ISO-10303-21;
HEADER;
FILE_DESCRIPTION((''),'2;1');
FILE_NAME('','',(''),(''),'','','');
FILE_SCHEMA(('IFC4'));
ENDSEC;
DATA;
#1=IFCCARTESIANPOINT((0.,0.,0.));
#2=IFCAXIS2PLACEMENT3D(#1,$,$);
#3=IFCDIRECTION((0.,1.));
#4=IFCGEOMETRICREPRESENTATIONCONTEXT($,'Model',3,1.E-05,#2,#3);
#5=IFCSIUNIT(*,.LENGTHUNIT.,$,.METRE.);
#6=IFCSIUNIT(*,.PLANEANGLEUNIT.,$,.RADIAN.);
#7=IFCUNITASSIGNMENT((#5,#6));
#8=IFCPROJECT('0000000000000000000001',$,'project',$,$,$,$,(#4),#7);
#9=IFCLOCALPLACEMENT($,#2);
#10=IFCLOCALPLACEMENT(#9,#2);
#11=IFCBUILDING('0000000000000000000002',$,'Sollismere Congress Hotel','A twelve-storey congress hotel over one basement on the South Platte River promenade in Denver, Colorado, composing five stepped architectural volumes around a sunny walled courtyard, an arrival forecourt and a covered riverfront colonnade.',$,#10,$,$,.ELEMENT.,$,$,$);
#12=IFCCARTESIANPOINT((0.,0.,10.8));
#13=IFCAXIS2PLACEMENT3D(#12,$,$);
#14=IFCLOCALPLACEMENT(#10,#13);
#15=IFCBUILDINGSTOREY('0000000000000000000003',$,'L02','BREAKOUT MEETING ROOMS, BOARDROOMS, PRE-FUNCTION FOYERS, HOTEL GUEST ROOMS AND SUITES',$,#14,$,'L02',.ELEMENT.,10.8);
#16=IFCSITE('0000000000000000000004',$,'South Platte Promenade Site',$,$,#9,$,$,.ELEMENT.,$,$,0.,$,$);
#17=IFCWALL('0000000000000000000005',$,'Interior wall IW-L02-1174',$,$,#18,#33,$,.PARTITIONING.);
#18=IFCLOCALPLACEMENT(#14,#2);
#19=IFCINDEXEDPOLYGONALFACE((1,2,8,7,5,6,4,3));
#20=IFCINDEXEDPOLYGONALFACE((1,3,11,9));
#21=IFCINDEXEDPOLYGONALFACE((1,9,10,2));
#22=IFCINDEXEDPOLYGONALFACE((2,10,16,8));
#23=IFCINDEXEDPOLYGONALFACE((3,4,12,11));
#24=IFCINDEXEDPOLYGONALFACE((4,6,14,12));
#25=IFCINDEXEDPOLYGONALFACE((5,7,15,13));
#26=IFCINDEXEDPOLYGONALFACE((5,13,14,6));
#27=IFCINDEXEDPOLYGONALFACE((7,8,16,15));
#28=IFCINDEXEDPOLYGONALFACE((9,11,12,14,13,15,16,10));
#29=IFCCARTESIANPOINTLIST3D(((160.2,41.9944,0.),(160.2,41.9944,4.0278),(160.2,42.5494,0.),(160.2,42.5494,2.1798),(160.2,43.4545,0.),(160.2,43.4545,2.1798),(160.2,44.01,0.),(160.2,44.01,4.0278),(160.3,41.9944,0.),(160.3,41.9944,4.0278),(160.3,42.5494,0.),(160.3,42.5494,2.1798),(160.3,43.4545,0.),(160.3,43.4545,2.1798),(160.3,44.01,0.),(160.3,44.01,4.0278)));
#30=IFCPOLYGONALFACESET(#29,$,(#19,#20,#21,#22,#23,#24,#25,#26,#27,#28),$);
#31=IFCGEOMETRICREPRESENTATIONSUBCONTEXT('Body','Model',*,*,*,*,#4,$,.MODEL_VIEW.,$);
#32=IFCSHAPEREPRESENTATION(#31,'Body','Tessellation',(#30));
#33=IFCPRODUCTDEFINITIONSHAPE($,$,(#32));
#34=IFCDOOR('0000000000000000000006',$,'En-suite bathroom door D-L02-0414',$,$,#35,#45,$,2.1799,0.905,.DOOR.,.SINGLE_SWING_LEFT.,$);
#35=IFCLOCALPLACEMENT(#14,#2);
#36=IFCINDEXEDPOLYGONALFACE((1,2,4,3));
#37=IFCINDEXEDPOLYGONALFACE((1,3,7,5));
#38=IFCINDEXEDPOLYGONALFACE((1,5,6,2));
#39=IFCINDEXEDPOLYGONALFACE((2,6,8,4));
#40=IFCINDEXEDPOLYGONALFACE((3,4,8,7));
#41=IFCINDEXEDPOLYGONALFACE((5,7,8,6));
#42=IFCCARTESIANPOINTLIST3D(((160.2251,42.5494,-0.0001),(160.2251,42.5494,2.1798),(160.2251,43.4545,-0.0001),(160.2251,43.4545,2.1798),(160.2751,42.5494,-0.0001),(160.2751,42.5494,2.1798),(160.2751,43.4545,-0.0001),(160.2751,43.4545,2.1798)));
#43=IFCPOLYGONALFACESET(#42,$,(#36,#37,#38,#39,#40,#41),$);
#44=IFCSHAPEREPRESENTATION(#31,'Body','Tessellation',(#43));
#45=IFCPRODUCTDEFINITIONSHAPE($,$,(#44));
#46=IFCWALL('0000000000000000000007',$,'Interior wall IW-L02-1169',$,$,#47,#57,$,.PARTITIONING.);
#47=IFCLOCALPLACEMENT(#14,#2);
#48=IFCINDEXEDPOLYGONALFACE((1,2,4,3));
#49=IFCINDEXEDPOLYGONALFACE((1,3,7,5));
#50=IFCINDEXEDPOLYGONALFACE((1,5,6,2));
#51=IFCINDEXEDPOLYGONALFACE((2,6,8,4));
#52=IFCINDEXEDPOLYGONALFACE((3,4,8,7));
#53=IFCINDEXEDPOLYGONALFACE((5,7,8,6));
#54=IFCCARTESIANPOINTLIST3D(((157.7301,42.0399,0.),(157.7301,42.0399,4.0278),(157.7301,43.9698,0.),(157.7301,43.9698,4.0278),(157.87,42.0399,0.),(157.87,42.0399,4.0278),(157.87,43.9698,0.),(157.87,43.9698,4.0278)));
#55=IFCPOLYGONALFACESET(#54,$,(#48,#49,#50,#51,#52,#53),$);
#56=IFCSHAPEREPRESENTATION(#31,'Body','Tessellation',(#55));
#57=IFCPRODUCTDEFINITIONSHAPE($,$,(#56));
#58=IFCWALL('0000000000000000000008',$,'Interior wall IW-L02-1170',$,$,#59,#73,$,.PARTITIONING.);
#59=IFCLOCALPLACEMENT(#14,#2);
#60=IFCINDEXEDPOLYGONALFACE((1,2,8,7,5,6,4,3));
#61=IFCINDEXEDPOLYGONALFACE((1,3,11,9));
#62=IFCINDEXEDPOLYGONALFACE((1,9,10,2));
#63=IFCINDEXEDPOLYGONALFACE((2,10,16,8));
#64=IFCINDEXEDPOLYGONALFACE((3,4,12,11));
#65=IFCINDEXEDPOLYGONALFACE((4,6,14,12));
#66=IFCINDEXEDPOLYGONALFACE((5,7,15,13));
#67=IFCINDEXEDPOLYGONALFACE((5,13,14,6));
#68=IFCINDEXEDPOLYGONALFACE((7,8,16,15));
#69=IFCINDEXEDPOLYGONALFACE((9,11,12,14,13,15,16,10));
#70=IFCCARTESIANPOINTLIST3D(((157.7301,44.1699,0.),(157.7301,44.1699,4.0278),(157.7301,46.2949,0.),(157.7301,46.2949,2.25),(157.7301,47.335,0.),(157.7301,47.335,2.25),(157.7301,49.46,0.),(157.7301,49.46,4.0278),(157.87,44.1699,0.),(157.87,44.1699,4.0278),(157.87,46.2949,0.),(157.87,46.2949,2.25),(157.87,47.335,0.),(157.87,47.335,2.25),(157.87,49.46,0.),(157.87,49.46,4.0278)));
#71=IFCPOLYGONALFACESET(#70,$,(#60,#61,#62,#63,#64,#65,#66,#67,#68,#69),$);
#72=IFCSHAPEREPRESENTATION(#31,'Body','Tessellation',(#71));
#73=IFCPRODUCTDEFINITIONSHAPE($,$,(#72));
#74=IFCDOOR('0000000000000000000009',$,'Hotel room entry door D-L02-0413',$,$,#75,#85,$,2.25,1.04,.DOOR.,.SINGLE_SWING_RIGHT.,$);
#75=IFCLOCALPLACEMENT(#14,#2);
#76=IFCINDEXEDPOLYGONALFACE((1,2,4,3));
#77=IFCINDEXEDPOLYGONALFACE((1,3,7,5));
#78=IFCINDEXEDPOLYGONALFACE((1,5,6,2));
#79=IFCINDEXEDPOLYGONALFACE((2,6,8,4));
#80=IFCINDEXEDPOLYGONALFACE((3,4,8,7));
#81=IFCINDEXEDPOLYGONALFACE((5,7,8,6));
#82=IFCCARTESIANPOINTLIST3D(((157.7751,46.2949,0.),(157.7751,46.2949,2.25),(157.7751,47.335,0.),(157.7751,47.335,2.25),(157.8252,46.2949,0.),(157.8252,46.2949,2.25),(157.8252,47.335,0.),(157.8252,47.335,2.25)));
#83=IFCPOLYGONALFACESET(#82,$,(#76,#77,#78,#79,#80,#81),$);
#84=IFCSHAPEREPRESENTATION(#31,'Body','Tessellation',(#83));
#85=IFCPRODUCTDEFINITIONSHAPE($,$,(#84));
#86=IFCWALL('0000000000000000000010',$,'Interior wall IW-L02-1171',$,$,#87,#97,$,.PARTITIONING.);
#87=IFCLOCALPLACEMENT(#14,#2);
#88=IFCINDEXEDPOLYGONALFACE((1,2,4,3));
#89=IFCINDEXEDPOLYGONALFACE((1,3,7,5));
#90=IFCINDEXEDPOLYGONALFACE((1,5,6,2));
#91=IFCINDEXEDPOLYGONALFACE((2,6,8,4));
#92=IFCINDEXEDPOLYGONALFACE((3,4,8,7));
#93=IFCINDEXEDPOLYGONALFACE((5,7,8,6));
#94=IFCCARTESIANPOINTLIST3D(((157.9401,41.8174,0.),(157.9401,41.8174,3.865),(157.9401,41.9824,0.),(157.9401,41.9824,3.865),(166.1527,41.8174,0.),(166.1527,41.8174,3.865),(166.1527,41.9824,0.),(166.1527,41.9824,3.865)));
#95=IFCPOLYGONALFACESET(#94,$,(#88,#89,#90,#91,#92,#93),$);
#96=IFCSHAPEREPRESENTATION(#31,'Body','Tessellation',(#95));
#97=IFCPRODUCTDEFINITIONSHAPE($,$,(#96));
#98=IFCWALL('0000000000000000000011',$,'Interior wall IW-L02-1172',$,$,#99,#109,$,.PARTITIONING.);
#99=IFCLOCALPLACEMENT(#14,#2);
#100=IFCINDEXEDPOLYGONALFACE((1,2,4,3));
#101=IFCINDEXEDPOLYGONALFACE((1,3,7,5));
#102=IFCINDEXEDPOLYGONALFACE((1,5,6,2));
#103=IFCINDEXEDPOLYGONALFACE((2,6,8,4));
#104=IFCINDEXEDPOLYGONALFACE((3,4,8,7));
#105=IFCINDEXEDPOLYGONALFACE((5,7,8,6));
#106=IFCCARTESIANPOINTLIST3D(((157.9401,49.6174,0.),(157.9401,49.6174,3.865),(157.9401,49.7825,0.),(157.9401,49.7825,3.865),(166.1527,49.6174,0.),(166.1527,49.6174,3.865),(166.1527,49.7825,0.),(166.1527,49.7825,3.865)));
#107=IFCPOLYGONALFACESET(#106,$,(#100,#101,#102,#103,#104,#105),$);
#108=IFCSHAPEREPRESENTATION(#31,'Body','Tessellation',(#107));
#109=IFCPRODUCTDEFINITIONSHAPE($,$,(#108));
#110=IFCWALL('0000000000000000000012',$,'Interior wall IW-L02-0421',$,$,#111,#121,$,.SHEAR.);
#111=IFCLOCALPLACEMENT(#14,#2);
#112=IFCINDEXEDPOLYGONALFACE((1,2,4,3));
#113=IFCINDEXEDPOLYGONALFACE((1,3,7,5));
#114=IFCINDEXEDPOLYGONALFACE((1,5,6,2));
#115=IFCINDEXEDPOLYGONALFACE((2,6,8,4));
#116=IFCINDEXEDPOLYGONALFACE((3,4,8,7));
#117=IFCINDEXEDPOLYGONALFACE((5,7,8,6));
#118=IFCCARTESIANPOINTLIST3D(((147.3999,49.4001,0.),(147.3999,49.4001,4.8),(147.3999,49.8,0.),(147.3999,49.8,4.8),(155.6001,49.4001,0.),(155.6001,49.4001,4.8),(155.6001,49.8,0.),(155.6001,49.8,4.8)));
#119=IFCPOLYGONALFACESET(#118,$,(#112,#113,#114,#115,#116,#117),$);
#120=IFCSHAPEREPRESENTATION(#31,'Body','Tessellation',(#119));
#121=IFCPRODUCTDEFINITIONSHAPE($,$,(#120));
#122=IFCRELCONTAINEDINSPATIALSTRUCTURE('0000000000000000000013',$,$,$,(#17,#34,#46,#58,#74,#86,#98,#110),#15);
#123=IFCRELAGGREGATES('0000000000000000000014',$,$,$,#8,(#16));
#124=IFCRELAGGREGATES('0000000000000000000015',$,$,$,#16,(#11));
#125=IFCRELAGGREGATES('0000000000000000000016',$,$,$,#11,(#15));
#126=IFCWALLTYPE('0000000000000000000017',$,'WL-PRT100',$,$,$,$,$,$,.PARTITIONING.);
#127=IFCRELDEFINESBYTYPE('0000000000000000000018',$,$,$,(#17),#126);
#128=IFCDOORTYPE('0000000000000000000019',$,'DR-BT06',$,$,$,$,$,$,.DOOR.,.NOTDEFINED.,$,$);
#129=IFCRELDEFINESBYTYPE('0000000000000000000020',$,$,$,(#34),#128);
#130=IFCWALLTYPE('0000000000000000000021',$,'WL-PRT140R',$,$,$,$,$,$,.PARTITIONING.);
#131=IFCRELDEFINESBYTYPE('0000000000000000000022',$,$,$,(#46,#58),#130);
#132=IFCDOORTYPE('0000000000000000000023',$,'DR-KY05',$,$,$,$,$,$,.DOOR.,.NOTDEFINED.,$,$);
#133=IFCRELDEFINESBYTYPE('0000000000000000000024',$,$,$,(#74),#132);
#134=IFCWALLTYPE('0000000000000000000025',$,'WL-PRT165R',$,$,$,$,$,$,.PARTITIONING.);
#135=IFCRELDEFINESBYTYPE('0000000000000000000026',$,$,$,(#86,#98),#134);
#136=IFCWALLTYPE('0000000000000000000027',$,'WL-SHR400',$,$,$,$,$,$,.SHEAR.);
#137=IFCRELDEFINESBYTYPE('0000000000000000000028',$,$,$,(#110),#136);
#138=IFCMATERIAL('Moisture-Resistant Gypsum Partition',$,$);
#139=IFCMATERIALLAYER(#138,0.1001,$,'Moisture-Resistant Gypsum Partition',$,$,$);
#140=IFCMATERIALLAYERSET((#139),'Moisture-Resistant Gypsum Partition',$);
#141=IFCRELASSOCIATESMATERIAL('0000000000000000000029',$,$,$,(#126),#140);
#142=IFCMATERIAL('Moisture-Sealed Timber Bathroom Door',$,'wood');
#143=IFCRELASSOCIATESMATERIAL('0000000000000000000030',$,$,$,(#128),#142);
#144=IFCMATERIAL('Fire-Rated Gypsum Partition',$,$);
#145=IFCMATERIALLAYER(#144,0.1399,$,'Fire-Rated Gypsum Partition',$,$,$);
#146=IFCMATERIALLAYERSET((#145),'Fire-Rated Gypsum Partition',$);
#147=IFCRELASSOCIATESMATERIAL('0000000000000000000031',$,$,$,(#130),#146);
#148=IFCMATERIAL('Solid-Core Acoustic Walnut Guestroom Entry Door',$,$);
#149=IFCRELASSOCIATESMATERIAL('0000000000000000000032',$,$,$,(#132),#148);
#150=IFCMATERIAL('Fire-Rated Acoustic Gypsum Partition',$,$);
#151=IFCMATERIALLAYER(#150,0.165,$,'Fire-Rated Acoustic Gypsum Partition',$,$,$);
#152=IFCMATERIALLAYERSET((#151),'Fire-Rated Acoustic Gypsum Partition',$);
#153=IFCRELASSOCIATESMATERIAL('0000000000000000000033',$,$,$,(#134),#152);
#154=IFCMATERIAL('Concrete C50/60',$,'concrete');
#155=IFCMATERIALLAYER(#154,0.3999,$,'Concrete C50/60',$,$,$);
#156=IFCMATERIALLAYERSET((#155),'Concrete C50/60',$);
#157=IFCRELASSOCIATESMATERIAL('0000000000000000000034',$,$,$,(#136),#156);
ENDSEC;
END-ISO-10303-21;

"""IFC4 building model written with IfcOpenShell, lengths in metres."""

from ifc_helpers import new_model, si_unit, direction, frame, frame_2d, origin, place, context, subcontext, project, spatial, rectangle, extrude, material, layer, layer_set, type_object, element, fill, save


model = new_model("IFC4")

# Units and contexts
model_context = context("Model", 3, precision=1e-05, world=origin(), true_north=direction((0.0, 1.0)))
body_context = subcontext(model_context, "Body", "Model", "MODEL_VIEW")
ifc_project = project(units=[si_unit("LENGTHUNIT", "METRE"), si_unit("PLANEANGLEUNIT", "RADIAN")], contexts=[model_context])

# Site, building, storey
site_placement = place(None, origin())
site = spatial("IfcSite", under=ifc_project, at=site_placement, Name="South Platte Promenade Site", CompositionType="ELEMENT", RefElevation=0.0)
building_placement = place(site_placement, origin())
building = spatial("IfcBuilding", under=site, at=building_placement, Name="Sollismere Congress Hotel", Description="A twelve-storey congress hotel over one basement on the South Platte River promenade in Denver, Colorado, composing five stepped architectural volumes around a sunny walled courtyard, an arrival forecourt and a covered riverfront colonnade.", CompositionType="ELEMENT")
storey_placement = place(building_placement, frame((0.0, 0.0, 10.8)))
storey = spatial("IfcBuildingStorey", under=building, at=storey_placement, Name="L02", Description="BREAKOUT MEETING ROOMS, BOARDROOMS, PRE-FUNCTION FOYERS, HOTEL GUEST ROOMS AND SUITES", LongName="L02", CompositionType="ELEMENT", Elevation=10.8)

# Wall, opening, door
ifc_material_1 = material(Name="Moisture-Resistant Gypsum Partition")
ifc_layer_1 = layer(ifc_material_1, 0.1001, Name="Moisture-Resistant Gypsum Partition")
ifc_layer_set_1 = layer_set([ifc_layer_1], Name="Moisture-Resistant Gypsum Partition")
wall_type_1 = type_object("IfcWallType", Name="WL-PRT100", PredefinedType="PARTITIONING", material=ifc_layer_set_1)
wall_1_placement = place(storey_placement, frame((160.25, 41.9944, 0.0), z_axis=(0.0, 0.0, 1.0), x_axis=(0.0, 1.0, 0.0)))
wall_1 = element("IfcWall", 1, at=wall_1_placement, inside=storey, type_object=wall_type_1, Name="Interior wall IW-L02-1174", PredefinedType="PARTITIONING", context=body_context, shape_type="SweptSolid", body=[
    extrude(rectangle(XDim=2.0156, YDim=0.1001, at=frame_2d((1.0078, 0.0))), origin(), (0.0, 0.0, 1.0), 4.0278),
])
opening_1_placement = place(wall_1_placement, frame((0.5549, 0.0, 0.0)))
opening_1 = element("IfcOpeningElement", 2, at=opening_1_placement, cuts=wall_1, PredefinedType="OPENING", context=body_context, shape_type="SweptSolid", body=[
    extrude(rectangle(XDim=0.905, YDim=2.1799, at=frame_2d((0.4526, 1.0898))), frame((0.0, 0.0601, 0.0), z_axis=(0.0, -1.0, 0.0), x_axis=(1.0, 0.0, 0.0)), (0.0, 0.0, 1.0), 0.1201),
])
ifc_material_2 = material(Name="Moisture-Sealed Timber Bathroom Door", Category="wood")
door_type_1 = type_object("IfcDoorType", Name="DR-BT06", OperationType="NOTDEFINED", PredefinedType="DOOR", material=ifc_material_2)
door_1_placement = place(opening_1_placement, origin())
door_1 = element("IfcDoor", 3, at=door_1_placement, inside=storey, type_object=door_type_1, Name="En-suite bathroom door D-L02-0414", OperationType="SINGLE_SWING_LEFT", OverallHeight=2.1799, OverallWidth=0.905, PredefinedType="DOOR", context=body_context, shape_type="SweptSolid", body=[
    extrude(rectangle(XDim=0.905, YDim=2.1799, at=frame_2d((0.4526, 1.0898))), frame((0.0, 0.0249, 0.0), z_axis=(0.0, -1.0, 0.0), x_axis=(1.0, 0.0, 0.0)), (0.0, 0.0, 1.0), 0.05),
])
fill(opening_1, door_1)

# Wall
ifc_material_3 = material(Name="Fire-Rated Gypsum Partition")
ifc_layer_2 = layer(ifc_material_3, 0.1399, Name="Fire-Rated Gypsum Partition")
ifc_layer_set_2 = layer_set([ifc_layer_2], Name="Fire-Rated Gypsum Partition")
wall_type_2 = type_object("IfcWallType", Name="WL-PRT140R", PredefinedType="PARTITIONING", material=ifc_layer_set_2)
wall_2_placement = place(storey_placement, frame((157.8, 42.04, 0.0), z_axis=(0.0, 0.0, 1.0), x_axis=(0.0, 1.0, 0.0)))
element("IfcWall", 4, at=wall_2_placement, inside=storey, type_object=wall_type_2, Name="Interior wall IW-L02-1169", PredefinedType="PARTITIONING", context=body_context, shape_type="SweptSolid", body=[
    extrude(rectangle(XDim=1.9299, YDim=0.1399, at=frame_2d((0.9648, 0.0))), origin(), (0.0, 0.0, 1.0), 4.0278),
])

# Wall, opening, door
wall_3_placement = place(storey_placement, frame((157.8, 44.1699, 0.0), z_axis=(0.0, 0.0, 1.0), x_axis=(0.0, 1.0, 0.0)))
wall_3 = element("IfcWall", 5, at=wall_3_placement, inside=storey, type_object=wall_type_2, Name="Interior wall IW-L02-1170", PredefinedType="PARTITIONING", context=body_context, shape_type="SweptSolid", body=[
    extrude(rectangle(XDim=5.29, YDim=0.1399, at=frame_2d((2.645, 0.0))), origin(), (0.0, 0.0, 1.0), 4.0278),
])
opening_2_placement = place(wall_3_placement, frame((2.125, 0.0, 0.0)))
opening_2 = element("IfcOpeningElement", 6, at=opening_2_placement, cuts=wall_3, PredefinedType="OPENING", context=body_context, shape_type="SweptSolid", body=[
    extrude(rectangle(XDim=1.04, YDim=2.25, at=frame_2d((0.52, 1.125))), frame((0.0, 0.0798, 0.0), z_axis=(0.0, -1.0, 0.0), x_axis=(1.0, 0.0, 0.0)), (0.0, 0.0, 1.0), 0.1599),
])
ifc_material_4 = material(Name="Solid-Core Acoustic Walnut Guestroom Entry Door")
door_type_2 = type_object("IfcDoorType", Name="DR-KY05", OperationType="NOTDEFINED", PredefinedType="DOOR", material=ifc_material_4)
door_2_placement = place(opening_2_placement, origin())
door_2 = element("IfcDoor", 7, at=door_2_placement, inside=storey, type_object=door_type_2, Name="Hotel room entry door D-L02-0413", OperationType="SINGLE_SWING_RIGHT", OverallHeight=2.25, OverallWidth=1.04, PredefinedType="DOOR", context=body_context, shape_type="SweptSolid", body=[
    extrude(rectangle(XDim=1.04, YDim=2.25, at=frame_2d((0.52, 1.125))), frame((0.0, 0.0249, 0.0), z_axis=(0.0, -1.0, 0.0), x_axis=(1.0, 0.0, 0.0)), (0.0, 0.0, 1.0), 0.05),
])
fill(opening_2, door_2)

# Walls
ifc_material_5 = material(Name="Fire-Rated Acoustic Gypsum Partition")
ifc_layer_3 = layer(ifc_material_5, 0.165, Name="Fire-Rated Acoustic Gypsum Partition")
ifc_layer_set_3 = layer_set([ifc_layer_3], Name="Fire-Rated Acoustic Gypsum Partition")
wall_type_3 = type_object("IfcWallType", Name="WL-PRT165R", PredefinedType="PARTITIONING", material=ifc_layer_set_3)
for number, where, z_axis, x_axis, name in (
    (8, (157.9399, 41.8999, 0.0), (0.0, 0.0, 1.0), (1.0, 0.0, 0.0), "Interior wall IW-L02-1171"),
    (9, (157.9399, 49.7, 0.0), (0.0, 0.0, 1.0), (1.0, 0.0, 0.0), "Interior wall IW-L02-1172"),
):
    element("IfcWall", number, at=place(storey_placement, frame(where, z_axis=z_axis, x_axis=x_axis)), inside=storey, type_object=wall_type_3, Name=name, PredefinedType="PARTITIONING", context=body_context, shape_type="SweptSolid", body=[
        extrude(rectangle(XDim=8.2126, YDim=0.165, at=frame_2d((4.1064, 0.0))), origin(), (0.0, 0.0, 1.0), 3.865),
    ])
ifc_material_6 = material(Name="Concrete C50/60", Category="concrete")
ifc_layer_4 = layer(ifc_material_6, 0.3999, Name="Concrete C50/60")
ifc_layer_set_4 = layer_set([ifc_layer_4], Name="Concrete C50/60")
wall_type_4 = type_object("IfcWallType", Name="WL-SHR400", PredefinedType="SHEAR", material=ifc_layer_set_4)
wall_4_placement = place(storey_placement, frame((155.6001, 49.6001, 0.0), z_axis=(0.0, 0.0, 1.0), x_axis=(-1.0, 0.0, 0.0)))
element("IfcWall", 10, at=wall_4_placement, inside=storey, type_object=wall_type_4, Name="Interior wall IW-L02-0421", PredefinedType="SHEAR", context=body_context, shape_type="SweptSolid", body=[
    extrude(rectangle(XDim=8.2002, YDim=0.3999, at=frame_2d((4.1001, 0.0))), origin(), (0.0, 0.0, 1.0), 4.8),
])

save(model, "model.ifc")
